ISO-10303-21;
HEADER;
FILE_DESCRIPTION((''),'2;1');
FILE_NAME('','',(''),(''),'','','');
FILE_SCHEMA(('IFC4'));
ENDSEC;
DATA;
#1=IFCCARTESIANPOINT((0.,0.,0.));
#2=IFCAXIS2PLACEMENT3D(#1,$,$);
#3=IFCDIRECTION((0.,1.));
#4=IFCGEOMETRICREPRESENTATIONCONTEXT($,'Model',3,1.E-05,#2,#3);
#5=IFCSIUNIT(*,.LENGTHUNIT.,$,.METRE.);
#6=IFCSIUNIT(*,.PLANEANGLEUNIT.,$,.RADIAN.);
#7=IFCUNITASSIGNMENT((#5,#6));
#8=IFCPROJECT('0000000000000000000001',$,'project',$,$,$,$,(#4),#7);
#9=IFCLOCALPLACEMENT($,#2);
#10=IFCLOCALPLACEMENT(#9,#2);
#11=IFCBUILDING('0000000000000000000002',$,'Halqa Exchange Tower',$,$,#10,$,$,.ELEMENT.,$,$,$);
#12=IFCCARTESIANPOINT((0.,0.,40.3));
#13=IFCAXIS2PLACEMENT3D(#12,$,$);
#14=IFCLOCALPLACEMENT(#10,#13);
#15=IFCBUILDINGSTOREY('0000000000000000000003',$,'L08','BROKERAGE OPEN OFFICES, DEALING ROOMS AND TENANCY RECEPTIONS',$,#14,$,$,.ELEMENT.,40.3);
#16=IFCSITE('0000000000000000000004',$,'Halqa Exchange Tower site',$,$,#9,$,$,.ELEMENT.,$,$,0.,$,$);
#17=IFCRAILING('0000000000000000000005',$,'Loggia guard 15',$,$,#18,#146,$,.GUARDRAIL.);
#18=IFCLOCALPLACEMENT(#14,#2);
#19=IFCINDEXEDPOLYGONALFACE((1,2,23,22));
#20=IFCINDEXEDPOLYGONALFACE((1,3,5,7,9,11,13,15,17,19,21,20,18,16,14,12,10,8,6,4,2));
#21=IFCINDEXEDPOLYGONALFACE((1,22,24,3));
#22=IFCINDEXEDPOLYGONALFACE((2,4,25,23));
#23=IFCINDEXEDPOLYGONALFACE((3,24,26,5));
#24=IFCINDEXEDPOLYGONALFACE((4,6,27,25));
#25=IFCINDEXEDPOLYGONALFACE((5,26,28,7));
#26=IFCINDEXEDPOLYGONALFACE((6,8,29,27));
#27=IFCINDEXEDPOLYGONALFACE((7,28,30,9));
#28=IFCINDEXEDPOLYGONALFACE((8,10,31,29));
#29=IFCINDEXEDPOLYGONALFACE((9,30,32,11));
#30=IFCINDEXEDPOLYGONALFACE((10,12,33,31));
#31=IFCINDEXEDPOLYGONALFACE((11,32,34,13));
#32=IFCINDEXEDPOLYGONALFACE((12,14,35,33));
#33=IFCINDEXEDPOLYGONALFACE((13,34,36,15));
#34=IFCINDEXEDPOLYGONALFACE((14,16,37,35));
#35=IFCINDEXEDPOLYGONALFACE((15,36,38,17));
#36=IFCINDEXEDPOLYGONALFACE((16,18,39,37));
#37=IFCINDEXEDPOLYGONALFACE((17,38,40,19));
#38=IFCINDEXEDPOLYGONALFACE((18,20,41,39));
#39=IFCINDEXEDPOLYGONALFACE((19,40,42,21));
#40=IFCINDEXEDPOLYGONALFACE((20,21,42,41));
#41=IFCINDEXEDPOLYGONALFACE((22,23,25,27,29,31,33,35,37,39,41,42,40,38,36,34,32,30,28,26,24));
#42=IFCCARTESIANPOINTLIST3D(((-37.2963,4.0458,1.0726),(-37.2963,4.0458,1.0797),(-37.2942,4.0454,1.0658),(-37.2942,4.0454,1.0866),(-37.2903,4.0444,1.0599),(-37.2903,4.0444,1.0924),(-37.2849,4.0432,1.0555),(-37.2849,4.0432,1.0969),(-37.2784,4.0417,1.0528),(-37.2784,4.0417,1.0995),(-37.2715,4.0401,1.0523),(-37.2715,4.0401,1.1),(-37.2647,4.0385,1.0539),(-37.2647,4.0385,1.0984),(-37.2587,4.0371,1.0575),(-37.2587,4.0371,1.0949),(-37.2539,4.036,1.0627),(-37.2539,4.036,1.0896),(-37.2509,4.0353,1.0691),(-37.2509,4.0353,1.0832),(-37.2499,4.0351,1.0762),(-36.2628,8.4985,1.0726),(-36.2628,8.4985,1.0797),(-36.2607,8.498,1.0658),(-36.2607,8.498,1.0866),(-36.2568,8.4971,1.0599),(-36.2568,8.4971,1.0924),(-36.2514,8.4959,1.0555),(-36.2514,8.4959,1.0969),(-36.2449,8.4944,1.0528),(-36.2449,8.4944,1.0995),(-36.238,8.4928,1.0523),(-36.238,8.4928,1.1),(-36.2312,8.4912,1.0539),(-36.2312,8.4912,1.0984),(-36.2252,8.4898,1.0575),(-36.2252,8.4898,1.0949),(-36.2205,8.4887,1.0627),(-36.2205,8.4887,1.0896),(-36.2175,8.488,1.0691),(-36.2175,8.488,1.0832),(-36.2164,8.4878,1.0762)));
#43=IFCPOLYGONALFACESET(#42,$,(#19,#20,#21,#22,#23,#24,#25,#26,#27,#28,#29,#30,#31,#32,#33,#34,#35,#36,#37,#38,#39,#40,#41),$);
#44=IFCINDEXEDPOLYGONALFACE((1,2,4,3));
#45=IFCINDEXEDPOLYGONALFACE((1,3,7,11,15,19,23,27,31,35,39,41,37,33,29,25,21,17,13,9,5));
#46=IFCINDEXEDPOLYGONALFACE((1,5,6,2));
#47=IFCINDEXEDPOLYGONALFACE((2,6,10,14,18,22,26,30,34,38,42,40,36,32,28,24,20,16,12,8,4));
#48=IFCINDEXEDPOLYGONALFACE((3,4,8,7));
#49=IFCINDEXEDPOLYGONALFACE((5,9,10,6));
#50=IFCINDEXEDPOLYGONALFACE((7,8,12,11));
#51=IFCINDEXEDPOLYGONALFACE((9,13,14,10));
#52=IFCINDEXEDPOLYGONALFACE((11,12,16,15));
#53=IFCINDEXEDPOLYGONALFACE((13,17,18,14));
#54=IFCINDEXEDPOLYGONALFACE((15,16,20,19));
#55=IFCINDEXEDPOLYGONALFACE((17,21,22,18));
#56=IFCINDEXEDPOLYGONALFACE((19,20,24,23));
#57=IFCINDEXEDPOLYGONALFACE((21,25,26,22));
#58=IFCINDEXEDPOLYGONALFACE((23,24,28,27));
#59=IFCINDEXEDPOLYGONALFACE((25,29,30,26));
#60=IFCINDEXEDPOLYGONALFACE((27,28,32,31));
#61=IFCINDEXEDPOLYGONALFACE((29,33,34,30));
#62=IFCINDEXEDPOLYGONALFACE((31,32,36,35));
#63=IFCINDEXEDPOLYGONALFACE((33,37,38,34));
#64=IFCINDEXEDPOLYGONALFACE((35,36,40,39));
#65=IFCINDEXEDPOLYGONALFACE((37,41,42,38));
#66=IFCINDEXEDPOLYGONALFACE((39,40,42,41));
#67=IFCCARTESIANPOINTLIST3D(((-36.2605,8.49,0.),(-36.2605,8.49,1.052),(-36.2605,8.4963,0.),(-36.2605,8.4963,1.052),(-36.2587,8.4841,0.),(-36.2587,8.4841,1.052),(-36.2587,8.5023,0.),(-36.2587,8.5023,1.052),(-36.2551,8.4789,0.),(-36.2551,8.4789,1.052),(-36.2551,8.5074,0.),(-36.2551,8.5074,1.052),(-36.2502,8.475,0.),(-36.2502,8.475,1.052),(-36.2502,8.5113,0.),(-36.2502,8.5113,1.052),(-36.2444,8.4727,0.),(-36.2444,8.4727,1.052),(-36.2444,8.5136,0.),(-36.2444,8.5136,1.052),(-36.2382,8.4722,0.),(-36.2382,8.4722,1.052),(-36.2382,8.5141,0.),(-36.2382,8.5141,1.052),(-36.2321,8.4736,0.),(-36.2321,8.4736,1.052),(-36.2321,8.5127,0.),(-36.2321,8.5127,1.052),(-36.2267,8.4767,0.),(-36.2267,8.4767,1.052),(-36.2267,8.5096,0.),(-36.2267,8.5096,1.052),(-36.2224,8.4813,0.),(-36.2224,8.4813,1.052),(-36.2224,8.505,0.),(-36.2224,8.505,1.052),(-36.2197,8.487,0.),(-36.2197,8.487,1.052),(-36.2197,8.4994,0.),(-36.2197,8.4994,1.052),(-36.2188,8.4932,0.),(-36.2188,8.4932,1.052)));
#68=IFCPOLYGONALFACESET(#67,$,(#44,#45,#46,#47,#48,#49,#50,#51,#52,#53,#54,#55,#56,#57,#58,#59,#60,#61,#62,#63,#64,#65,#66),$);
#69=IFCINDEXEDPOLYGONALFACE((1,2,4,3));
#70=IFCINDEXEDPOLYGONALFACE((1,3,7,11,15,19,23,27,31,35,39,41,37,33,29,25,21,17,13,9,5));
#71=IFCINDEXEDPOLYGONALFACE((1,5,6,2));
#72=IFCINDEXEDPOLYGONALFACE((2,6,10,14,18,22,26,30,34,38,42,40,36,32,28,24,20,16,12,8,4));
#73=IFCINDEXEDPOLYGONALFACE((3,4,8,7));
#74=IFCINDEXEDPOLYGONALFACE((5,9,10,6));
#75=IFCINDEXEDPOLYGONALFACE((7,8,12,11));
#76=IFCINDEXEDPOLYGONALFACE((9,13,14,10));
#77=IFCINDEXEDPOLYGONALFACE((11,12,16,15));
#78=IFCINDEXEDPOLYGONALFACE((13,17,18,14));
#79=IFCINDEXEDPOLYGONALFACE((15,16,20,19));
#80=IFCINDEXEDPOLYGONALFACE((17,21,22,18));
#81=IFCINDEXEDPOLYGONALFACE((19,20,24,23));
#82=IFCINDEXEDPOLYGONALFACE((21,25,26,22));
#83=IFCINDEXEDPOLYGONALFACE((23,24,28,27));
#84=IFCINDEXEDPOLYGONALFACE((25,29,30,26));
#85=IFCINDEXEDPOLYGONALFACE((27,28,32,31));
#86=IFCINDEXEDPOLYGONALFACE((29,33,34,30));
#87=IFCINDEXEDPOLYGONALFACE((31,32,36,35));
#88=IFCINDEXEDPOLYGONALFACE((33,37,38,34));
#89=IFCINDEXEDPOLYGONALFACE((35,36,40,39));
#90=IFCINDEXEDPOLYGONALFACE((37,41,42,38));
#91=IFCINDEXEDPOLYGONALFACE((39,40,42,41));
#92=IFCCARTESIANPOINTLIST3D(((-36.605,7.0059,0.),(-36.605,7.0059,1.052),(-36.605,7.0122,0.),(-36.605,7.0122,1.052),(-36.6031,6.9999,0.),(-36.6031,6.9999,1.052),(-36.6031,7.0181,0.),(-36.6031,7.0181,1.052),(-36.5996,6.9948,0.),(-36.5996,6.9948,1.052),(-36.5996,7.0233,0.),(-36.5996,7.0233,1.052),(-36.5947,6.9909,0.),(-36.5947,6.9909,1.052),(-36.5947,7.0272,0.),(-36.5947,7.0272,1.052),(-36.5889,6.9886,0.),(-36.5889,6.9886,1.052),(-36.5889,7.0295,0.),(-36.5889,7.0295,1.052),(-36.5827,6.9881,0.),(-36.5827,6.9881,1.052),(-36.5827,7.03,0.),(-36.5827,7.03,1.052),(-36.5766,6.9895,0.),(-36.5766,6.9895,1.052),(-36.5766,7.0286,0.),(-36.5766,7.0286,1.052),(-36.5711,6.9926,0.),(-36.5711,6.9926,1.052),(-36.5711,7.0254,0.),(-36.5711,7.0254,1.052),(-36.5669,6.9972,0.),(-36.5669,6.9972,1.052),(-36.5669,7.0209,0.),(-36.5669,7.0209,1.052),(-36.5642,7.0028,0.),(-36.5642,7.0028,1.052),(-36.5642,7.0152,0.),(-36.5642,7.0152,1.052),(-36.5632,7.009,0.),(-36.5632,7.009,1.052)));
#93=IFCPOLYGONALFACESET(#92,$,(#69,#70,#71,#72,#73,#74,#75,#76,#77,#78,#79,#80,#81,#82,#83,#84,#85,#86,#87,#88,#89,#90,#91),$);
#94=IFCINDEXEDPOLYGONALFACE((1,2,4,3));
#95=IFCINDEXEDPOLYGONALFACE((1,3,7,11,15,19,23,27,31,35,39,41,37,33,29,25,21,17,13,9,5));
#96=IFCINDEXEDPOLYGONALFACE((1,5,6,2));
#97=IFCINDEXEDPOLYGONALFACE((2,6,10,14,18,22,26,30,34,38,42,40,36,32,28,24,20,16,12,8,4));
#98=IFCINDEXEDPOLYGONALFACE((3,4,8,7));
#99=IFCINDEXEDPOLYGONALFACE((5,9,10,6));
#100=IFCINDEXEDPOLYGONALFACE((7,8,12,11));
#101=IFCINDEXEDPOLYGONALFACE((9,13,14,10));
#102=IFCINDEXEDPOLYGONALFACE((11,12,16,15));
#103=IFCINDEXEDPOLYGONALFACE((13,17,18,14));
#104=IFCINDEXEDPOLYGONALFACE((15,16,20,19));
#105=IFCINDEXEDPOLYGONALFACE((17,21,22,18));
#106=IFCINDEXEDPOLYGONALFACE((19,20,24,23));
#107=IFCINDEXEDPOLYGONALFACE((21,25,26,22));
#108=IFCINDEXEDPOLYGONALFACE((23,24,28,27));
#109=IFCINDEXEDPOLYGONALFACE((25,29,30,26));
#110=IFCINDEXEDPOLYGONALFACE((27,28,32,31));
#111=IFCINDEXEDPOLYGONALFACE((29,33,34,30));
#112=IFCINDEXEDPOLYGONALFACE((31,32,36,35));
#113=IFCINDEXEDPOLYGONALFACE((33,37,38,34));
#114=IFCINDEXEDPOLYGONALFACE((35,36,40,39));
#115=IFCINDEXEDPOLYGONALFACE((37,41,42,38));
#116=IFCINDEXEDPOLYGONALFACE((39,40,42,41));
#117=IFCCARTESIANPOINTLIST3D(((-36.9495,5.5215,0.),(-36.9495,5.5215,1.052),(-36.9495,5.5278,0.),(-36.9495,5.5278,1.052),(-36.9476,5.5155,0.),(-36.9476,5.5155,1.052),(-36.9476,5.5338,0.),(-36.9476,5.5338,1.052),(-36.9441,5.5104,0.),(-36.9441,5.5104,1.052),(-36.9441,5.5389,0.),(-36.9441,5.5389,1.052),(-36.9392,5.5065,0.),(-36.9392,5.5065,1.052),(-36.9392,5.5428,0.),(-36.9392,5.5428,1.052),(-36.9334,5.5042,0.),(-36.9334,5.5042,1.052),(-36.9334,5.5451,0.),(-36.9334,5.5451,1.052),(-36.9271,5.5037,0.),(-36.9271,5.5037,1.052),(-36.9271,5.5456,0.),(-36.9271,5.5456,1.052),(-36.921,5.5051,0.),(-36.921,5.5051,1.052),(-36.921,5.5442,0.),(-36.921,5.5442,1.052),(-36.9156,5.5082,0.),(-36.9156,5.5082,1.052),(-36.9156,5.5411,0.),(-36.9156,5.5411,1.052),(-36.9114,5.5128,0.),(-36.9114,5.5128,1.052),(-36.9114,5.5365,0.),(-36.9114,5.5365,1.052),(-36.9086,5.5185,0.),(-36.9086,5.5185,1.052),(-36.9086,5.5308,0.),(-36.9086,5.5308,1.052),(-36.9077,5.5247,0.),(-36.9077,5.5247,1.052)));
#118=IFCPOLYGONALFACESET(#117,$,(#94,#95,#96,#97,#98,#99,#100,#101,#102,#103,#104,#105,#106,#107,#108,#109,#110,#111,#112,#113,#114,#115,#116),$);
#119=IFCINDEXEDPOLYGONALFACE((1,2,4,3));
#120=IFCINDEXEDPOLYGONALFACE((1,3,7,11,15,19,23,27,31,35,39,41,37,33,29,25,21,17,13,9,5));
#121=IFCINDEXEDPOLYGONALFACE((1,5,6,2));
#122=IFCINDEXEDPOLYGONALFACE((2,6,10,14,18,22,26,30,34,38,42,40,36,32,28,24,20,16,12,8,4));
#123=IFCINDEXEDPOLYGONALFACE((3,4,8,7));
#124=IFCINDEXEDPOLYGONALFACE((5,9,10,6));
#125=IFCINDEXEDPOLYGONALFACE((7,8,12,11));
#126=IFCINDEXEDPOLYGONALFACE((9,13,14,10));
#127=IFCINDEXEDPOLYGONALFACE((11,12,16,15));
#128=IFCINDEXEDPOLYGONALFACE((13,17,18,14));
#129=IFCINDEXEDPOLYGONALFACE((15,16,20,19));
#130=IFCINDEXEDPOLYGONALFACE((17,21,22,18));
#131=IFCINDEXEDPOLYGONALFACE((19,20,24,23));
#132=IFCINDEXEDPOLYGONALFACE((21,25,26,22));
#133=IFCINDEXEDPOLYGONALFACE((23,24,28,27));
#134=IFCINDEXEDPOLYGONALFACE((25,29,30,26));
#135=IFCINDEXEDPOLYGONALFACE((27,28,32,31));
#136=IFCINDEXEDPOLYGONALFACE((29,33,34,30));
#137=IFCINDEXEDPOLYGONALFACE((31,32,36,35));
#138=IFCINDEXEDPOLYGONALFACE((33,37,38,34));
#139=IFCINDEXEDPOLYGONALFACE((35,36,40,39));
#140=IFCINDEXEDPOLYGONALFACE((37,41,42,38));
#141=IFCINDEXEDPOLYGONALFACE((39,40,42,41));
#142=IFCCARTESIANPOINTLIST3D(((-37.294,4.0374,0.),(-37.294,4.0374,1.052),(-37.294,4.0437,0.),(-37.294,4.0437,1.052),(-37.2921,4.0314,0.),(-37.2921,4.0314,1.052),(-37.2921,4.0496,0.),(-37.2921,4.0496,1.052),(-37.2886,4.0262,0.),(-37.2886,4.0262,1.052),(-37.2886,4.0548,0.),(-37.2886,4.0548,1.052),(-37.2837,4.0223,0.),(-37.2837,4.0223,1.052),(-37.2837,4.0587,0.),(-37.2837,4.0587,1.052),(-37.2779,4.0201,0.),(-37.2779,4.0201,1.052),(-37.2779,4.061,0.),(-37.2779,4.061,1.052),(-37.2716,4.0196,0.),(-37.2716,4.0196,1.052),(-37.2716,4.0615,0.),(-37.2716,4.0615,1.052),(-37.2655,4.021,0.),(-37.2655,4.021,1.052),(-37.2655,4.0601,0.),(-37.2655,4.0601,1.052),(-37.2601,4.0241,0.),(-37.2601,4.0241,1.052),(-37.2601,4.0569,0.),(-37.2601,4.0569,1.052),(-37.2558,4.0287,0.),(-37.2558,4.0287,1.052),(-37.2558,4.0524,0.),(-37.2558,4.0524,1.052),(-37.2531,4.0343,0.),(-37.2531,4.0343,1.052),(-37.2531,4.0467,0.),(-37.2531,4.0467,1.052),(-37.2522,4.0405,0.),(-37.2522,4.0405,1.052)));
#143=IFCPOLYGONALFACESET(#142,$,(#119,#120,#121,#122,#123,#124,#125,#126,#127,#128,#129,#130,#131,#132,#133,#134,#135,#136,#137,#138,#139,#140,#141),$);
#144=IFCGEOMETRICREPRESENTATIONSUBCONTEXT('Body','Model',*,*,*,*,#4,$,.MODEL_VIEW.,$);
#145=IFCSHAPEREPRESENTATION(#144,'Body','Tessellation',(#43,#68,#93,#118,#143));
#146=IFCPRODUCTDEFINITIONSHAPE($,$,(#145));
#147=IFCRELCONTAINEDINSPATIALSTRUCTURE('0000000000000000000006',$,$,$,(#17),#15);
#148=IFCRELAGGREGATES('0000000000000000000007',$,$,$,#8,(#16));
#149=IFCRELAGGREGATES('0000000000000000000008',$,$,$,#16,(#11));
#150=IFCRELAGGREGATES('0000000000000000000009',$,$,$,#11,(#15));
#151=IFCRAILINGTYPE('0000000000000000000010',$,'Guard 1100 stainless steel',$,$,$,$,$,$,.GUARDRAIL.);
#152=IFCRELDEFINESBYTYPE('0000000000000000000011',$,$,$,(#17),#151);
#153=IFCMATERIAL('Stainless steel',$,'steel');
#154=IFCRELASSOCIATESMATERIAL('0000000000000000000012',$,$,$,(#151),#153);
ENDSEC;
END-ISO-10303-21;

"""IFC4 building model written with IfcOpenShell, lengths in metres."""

from ifc_helpers import new_model, si_unit, direction, frame, origin, origin_2d, place, context, subcontext, project, spatial, circle, extrude, material, type_object, element, save


model = new_model("IFC4")

# Units and contexts
model_context = context("Model", 3, precision=1e-05, world=origin(), true_north=direction((0.0, 1.0)))
body_context = subcontext(model_context, "Body", "Model", "MODEL_VIEW")
ifc_project = project(units=[si_unit("LENGTHUNIT", "METRE"), si_unit("PLANEANGLEUNIT", "RADIAN")], contexts=[model_context])

# Site, building, storey
site_placement = place(None, origin())
site = spatial("IfcSite", under=ifc_project, at=site_placement, Name="Halqa Exchange Tower site", CompositionType="ELEMENT", RefElevation=0.0)
building_placement = place(site_placement, origin())
building = spatial("IfcBuilding", under=site, at=building_placement, Name="Halqa Exchange Tower", CompositionType="ELEMENT")
storey_placement = place(building_placement, frame((0.0, 0.0, 40.3)))
storey = spatial("IfcBuildingStorey", under=building, at=storey_placement, Name="L08", Description="BROKERAGE OPEN OFFICES, DEALING ROOMS AND TENANCY RECEPTIONS", CompositionType="ELEMENT", Elevation=40.3)

# Railing
ifc_material_1 = material(Name="Stainless steel", Category="steel")
railing_type = type_object("IfcRailingType", Name="Guard 1100 stainless steel", PredefinedType="GUARDRAIL", material=ifc_material_1)
railing_1_placement = place(storey_placement, frame((-36.2397, 8.4932, 0.0)))
element("IfcRailing", 1, at=railing_1_placement, inside=storey, type_object=railing_type, Name="Loggia guard 15", PredefinedType="GUARDRAIL", context=body_context, shape_type="SweptSolid", body=[
    extrude(circle(Radius=0.0239, at=origin_2d()), frame((0.0, 0.0, 1.0762), z_axis=(-0.226088, -0.974107, 0.0), x_axis=(0.974107, -0.226088, 0.0)), (0.0, 0.0, 1.0), 4.571),
    extrude(circle(Radius=0.021, at=origin_2d()), origin(), (0.0, 0.0, 1.0), 1.052),
    extrude(circle(Radius=0.021, at=origin_2d()), frame((-0.3445, -1.4841, 0.0)), (0.0, 0.0, 1.0), 1.052),
    extrude(circle(Radius=0.021, at=origin_2d()), frame((-0.689, -2.9685, 0.0)), (0.0, 0.0, 1.0), 1.052),
    extrude(circle(Radius=0.021, at=origin_2d()), frame((-1.0334, -4.4526, 0.0)), (0.0, 0.0, 1.0), 1.052),
])

save(model, "model.ifc")
